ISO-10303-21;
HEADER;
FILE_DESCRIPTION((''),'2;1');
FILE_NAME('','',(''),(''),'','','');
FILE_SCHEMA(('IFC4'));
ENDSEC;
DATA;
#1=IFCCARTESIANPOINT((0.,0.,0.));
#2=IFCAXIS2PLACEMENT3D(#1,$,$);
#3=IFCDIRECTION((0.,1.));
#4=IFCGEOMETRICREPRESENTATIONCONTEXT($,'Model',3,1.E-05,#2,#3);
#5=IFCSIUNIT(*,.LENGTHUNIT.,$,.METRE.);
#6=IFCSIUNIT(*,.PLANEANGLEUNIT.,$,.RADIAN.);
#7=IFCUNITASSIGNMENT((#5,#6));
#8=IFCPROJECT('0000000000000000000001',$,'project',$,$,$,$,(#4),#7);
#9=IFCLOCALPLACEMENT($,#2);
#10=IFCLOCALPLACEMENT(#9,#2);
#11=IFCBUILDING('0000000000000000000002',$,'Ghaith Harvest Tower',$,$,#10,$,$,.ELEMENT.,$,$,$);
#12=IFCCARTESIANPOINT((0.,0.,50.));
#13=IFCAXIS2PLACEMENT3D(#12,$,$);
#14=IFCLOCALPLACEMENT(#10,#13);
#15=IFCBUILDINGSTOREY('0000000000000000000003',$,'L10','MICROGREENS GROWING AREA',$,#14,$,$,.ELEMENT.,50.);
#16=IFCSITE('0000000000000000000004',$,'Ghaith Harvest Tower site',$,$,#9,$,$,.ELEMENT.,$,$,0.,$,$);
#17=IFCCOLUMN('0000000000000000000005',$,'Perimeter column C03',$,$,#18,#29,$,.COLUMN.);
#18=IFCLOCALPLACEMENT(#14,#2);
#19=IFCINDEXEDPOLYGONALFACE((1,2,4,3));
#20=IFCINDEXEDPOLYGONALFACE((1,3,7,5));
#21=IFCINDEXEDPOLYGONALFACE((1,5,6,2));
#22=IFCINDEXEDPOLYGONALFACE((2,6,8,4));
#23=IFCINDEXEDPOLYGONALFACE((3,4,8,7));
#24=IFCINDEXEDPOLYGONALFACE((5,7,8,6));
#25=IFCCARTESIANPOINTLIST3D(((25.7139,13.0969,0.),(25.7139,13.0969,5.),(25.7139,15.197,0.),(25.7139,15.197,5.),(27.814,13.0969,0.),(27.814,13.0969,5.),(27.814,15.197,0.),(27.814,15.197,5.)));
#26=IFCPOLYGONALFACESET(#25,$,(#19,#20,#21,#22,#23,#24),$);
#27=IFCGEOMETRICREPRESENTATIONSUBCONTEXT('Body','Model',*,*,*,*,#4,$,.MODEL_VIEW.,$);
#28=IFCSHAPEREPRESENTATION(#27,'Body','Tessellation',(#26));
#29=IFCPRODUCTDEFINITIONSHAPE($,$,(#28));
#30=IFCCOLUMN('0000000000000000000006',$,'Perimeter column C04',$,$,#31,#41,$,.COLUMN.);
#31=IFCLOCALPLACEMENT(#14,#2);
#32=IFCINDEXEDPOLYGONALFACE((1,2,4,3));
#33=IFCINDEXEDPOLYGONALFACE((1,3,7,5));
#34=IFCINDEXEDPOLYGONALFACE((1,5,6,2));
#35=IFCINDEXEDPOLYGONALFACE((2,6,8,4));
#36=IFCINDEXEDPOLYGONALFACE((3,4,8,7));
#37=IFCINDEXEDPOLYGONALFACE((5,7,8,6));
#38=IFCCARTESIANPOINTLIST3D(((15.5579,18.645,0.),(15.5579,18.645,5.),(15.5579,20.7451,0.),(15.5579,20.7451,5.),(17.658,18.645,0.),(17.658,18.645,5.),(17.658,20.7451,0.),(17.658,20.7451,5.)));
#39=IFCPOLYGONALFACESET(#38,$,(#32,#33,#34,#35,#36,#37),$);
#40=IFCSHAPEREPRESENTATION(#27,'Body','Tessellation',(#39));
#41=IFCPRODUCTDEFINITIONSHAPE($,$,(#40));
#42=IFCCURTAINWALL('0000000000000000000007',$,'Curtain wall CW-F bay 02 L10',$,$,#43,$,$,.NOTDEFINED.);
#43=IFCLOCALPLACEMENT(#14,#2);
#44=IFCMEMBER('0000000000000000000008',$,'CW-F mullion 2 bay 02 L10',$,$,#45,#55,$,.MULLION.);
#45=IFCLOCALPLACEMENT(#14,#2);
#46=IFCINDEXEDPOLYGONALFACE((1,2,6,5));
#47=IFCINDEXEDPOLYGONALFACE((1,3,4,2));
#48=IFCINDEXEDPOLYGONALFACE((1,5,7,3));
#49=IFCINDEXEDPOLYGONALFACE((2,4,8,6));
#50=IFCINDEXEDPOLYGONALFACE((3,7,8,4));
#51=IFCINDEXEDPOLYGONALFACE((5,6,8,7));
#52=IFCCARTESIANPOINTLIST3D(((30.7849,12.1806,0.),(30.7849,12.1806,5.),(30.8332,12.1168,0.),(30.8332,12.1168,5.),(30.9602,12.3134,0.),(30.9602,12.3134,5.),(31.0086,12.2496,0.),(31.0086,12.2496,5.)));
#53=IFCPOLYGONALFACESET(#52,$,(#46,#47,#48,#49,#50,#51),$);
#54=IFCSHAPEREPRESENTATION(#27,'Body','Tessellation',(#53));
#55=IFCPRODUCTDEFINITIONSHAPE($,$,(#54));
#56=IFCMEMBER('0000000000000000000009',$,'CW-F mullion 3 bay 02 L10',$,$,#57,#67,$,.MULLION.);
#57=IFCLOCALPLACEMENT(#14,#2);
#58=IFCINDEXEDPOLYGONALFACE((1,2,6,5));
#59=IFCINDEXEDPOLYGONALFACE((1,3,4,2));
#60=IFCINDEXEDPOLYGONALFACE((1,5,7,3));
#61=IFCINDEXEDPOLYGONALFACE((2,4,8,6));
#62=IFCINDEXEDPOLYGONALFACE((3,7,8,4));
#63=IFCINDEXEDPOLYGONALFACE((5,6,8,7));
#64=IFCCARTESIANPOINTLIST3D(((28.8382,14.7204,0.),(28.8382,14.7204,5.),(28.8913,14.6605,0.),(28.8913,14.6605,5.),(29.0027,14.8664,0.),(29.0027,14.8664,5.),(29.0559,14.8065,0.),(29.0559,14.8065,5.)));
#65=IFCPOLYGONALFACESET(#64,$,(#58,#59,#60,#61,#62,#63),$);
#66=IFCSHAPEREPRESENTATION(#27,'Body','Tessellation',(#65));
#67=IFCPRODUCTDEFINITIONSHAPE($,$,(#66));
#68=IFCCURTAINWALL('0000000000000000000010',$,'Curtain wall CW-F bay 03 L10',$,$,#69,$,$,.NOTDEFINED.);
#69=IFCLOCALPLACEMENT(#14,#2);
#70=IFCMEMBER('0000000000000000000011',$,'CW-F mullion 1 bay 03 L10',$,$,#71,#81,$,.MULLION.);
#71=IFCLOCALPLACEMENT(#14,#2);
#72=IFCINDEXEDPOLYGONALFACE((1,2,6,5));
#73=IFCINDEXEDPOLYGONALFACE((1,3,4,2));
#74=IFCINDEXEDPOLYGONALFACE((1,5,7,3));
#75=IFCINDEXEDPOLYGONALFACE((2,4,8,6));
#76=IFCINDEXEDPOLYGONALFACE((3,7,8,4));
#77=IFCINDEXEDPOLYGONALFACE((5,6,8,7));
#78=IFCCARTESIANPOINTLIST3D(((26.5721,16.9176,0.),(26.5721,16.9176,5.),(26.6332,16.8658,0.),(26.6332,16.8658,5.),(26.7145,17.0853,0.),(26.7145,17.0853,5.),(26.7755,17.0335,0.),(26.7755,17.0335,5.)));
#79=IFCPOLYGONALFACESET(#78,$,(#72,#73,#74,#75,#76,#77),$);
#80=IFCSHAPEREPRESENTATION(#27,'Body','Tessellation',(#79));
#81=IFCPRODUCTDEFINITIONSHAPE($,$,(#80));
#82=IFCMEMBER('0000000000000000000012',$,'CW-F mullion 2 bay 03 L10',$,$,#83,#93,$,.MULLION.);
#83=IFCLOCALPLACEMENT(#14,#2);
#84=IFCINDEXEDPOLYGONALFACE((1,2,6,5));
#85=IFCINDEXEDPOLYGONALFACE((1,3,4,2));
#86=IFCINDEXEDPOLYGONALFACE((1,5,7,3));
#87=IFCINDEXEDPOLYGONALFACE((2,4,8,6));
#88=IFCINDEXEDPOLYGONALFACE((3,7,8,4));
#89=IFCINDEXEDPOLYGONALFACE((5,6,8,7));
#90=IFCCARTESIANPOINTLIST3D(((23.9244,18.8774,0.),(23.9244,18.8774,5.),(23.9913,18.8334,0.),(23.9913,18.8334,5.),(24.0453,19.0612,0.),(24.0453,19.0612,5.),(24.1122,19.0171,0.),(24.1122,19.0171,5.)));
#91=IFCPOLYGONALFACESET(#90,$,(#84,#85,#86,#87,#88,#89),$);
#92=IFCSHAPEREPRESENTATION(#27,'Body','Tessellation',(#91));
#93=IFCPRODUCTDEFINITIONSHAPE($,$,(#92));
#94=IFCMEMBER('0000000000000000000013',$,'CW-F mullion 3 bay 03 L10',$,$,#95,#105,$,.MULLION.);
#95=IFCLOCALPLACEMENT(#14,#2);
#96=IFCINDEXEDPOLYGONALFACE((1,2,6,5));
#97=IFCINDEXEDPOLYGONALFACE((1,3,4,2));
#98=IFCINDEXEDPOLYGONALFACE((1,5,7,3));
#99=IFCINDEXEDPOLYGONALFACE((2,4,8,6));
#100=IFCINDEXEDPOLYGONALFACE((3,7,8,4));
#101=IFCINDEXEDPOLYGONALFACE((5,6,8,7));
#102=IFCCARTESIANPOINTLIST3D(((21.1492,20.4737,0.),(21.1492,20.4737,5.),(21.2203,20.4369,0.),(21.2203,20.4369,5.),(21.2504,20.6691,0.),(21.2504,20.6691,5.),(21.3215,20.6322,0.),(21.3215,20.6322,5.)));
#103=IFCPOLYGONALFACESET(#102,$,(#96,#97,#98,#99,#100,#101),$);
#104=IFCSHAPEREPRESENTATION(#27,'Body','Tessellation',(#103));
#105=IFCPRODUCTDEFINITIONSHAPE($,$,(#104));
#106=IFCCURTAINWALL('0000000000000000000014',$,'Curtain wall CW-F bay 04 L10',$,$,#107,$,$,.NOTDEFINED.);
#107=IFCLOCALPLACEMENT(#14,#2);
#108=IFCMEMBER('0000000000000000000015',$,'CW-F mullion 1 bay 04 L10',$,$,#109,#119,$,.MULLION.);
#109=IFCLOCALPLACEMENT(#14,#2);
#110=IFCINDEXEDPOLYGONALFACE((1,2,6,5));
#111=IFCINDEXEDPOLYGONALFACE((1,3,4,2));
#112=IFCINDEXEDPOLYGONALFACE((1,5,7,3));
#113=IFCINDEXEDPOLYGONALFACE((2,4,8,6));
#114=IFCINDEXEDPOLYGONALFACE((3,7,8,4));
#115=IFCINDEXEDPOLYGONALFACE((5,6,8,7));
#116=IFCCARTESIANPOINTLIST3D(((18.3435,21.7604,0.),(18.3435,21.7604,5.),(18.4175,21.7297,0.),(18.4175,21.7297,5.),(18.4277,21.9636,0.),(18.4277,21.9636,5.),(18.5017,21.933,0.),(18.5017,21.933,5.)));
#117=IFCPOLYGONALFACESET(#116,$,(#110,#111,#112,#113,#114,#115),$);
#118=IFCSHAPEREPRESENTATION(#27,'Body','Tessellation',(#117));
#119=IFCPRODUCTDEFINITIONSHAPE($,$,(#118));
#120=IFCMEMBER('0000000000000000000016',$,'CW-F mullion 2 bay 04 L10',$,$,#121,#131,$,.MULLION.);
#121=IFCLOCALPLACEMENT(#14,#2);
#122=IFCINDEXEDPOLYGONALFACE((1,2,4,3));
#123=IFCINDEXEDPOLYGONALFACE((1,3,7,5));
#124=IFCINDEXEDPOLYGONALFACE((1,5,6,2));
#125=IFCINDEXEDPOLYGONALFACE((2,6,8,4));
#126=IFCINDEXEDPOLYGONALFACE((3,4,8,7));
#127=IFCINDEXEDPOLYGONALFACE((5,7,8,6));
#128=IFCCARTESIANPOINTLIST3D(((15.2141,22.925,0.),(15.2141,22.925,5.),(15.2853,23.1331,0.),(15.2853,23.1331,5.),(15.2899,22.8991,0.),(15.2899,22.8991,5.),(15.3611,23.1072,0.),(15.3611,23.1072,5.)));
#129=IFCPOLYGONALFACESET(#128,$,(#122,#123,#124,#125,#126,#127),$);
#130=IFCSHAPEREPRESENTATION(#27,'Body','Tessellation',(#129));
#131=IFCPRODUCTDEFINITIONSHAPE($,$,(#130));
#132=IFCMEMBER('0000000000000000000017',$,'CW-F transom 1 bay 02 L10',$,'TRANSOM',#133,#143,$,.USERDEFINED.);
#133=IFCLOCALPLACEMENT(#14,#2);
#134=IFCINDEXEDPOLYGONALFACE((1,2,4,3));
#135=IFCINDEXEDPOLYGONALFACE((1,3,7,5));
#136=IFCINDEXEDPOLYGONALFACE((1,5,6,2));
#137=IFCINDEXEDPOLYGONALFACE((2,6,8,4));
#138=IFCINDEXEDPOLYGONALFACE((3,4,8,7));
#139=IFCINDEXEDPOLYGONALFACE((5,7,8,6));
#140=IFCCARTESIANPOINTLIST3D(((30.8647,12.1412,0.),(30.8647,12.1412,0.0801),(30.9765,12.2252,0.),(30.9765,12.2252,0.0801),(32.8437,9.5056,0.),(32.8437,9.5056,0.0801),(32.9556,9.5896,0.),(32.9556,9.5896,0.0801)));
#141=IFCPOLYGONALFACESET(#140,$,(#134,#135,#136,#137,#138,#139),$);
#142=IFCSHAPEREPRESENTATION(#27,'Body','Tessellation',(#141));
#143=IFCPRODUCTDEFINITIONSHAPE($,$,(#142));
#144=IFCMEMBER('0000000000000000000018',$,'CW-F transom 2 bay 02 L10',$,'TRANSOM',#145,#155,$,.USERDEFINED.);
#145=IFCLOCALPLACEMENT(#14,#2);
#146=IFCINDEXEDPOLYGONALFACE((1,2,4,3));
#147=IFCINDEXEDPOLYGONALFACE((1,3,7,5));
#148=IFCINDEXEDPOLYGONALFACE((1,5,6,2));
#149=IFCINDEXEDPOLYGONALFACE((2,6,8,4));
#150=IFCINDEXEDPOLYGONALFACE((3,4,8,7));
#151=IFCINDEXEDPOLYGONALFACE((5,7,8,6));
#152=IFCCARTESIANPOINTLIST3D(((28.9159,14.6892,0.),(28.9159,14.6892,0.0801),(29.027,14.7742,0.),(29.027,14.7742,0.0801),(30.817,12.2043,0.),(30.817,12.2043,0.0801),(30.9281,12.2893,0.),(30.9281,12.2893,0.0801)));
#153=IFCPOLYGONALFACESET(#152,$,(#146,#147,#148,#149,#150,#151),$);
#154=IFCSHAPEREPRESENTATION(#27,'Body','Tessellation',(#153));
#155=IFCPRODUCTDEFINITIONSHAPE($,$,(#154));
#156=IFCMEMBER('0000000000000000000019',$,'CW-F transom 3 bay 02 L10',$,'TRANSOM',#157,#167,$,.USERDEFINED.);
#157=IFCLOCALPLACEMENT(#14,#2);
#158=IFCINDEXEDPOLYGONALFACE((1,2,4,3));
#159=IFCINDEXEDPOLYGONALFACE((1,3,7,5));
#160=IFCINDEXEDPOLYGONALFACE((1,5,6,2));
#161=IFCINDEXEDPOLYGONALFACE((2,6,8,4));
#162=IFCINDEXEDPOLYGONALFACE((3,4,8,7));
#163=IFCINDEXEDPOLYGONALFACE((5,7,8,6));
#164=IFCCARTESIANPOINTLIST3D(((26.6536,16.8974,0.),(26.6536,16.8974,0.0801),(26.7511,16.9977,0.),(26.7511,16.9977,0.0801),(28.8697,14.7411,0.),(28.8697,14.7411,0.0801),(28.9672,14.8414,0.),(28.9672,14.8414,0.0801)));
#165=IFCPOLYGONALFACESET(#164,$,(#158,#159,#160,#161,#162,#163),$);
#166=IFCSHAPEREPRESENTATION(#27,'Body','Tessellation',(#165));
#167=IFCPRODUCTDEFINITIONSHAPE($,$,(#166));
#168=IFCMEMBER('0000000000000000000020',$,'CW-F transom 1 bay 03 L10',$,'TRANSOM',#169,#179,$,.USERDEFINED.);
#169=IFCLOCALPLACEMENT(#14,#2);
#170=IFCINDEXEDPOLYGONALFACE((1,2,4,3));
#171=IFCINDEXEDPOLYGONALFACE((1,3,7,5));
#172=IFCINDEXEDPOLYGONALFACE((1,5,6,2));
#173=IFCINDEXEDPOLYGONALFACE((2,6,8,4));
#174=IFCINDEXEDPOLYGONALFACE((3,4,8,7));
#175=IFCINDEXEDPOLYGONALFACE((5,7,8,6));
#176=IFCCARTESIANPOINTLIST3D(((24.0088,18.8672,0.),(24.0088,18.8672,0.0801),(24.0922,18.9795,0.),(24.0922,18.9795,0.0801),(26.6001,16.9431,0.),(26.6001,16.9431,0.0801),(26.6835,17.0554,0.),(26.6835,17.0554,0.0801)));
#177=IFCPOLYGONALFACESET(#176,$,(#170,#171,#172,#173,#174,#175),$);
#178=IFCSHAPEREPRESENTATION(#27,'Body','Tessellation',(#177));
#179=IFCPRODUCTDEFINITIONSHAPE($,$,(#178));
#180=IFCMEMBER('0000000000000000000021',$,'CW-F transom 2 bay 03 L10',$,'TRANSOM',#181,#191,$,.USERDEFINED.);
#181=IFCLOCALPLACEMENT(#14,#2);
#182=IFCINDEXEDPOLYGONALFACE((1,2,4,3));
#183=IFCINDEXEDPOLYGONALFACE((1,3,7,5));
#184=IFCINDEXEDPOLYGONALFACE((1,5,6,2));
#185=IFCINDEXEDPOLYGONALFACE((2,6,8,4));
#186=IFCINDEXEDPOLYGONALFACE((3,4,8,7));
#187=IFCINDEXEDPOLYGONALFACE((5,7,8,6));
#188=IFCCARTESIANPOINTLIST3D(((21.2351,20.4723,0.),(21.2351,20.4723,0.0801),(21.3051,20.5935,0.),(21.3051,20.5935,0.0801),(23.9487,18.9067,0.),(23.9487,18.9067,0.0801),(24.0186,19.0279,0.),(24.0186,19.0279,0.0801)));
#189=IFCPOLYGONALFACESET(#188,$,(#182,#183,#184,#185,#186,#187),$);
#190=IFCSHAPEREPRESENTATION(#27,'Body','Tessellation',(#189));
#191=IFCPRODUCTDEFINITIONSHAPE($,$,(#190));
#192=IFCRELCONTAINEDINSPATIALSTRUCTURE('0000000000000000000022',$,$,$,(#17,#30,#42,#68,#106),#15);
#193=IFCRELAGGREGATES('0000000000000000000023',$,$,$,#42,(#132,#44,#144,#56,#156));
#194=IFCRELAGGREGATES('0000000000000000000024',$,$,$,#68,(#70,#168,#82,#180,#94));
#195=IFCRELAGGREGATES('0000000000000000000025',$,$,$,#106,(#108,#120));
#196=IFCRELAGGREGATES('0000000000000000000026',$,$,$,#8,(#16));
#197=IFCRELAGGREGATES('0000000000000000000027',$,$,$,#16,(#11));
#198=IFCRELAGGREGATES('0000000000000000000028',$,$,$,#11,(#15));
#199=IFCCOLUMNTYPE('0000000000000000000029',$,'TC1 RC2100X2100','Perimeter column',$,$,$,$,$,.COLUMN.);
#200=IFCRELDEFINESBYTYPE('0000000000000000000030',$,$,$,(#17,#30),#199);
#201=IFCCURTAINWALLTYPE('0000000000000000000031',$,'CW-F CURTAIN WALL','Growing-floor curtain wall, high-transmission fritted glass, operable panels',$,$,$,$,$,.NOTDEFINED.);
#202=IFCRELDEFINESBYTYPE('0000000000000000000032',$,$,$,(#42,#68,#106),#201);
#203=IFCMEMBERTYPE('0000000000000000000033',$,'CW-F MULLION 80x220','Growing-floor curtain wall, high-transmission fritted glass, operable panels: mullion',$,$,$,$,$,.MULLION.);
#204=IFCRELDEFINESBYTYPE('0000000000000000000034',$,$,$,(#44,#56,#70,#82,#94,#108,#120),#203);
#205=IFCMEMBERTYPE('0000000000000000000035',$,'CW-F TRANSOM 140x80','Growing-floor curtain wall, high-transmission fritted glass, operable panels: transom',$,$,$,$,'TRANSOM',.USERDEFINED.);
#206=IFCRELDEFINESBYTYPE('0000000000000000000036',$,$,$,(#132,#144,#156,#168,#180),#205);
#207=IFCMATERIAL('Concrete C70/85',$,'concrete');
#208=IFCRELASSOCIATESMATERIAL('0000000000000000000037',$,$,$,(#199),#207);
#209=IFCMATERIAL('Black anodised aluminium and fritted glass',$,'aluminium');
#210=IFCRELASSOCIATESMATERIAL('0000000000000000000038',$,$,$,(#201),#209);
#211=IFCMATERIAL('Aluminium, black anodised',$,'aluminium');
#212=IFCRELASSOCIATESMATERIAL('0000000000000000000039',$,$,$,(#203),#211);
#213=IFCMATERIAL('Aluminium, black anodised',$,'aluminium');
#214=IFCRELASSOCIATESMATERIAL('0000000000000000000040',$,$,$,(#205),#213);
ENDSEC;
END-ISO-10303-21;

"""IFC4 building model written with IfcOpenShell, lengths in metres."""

from ifc_helpers import new_model, si_unit, direction, frame, origin, origin_2d, place, context, subcontext, project, spatial, rectangle, extrude, material, material_profile, profile_set, type_object, element, aggregate, save


model = new_model("IFC4")

# Units and contexts
model_context = context("Model", 3, precision=1e-05, world=origin(), true_north=direction((0.0, 1.0)))
body_context = subcontext(model_context, "Body", "Model", "MODEL_VIEW")
ifc_project = project(units=[si_unit("LENGTHUNIT", "METRE"), si_unit("PLANEANGLEUNIT", "RADIAN")], contexts=[model_context])

# Site, building, storey
site_placement = place(None, origin())
site = spatial("IfcSite", under=ifc_project, at=site_placement, Name="Ghaith Harvest Tower site", CompositionType="ELEMENT", RefElevation=0.0)
building_placement = place(site_placement, origin())
building = spatial("IfcBuilding", under=site, at=building_placement, Name="Ghaith Harvest Tower", CompositionType="ELEMENT")
storey_placement = place(building_placement, frame((0.0, 0.0, 50.0)))
storey = spatial("IfcBuildingStorey", under=building, at=storey_placement, Name="L10", Description="MICROGREENS GROWING AREA", CompositionType="ELEMENT", Elevation=50.0)

# Columns
ifc_material_1 = material(Name="Concrete C70/85", Category="concrete")
ifc_material_profile_1 = material_profile(ifc_material_1, rectangle(XDim=2.1001, YDim=2.1001, at=origin_2d()), Name="RC2100X2100")
ifc_profile_set_1 = profile_set([ifc_material_profile_1], Name="Concrete C70/85")
column_type = type_object("IfcColumnType", Name="TC1 RC2100X2100", Description="Perimeter column", PredefinedType="COLUMN", material=ifc_profile_set_1)
for number, where, z_axis, x_axis, name in (
    (1, (26.7639, 14.147, 0.0), (0.0, 0.0, 1.0), (1.0, 0.0, 0.0), "Perimeter column C03"),
    (2, (16.6079, 19.6951, 0.0), (0.0, 0.0, 1.0), (1.0, 0.0, 0.0), "Perimeter column C04"),
):
    element("IfcColumn", number, at=place(storey_placement, frame(where, z_axis=z_axis, x_axis=x_axis)), inside=storey, type_object=column_type, Name=name, PredefinedType="COLUMN", context=body_context, shape_type="SweptSolid", body=[
        extrude(rectangle(XDim=2.1001, YDim=2.1001, at=origin_2d()), origin(), (0.0, 0.0, 1.0), 5.0),
    ])

# Curtain walls, members
ifc_material_2 = material(Name="Black anodised aluminium and fritted glass", Category="aluminium")
curtain_wall_type = type_object("IfcCurtainWallType", Name="CW-F CURTAIN WALL", Description="Growing-floor curtain wall, high-transmission fritted glass, operable panels", PredefinedType="NOTDEFINED", material=ifc_material_2)
curtain_wall_1_placement = place(storey_placement, origin())
curtain_wall_1 = element("IfcCurtainWall", 3, at=curtain_wall_1_placement, inside=storey, type_object=curtain_wall_type, Name="Curtain wall CW-F bay 02 L10", PredefinedType="NOTDEFINED")
ifc_material_3 = material(Name="Aluminium, black anodised", Category="aluminium")
ifc_material_profile_2 = material_profile(ifc_material_3, rectangle(XDim=0.0801, YDim=0.22, at=origin_2d()), Name="CW-F MULLION 80x220")
ifc_profile_set_2 = profile_set([ifc_material_profile_2], Name="Aluminium, black anodised")
member_type_1 = type_object("IfcMemberType", Name="CW-F MULLION 80x220", Description="Growing-floor curtain wall, high-transmission fritted glass, operable panels: mullion", PredefinedType="MULLION", material=ifc_profile_set_2)
member_1_placement = place(storey_placement, frame((30.8967, 12.2151, 0.0), z_axis=(0.0, 0.0, 1.0), x_axis=(-0.603948, 0.797023, 0.0)))
member_1 = element("IfcMember", 4, at=member_1_placement, type_object=member_type_1, Name="CW-F mullion 2 bay 02 L10", PredefinedType="MULLION", context=body_context, shape_type="SweptSolid", body=[
    extrude(rectangle(XDim=0.0801, YDim=0.22, at=origin_2d()), origin(), (0.0, 0.0, 1.0), 5.0),
])
member_2_placement = place(storey_placement, frame((28.947, 14.7634, 0.0), z_axis=(0.0, 0.0, 1.0), x_axis=(-0.663605, 0.748083, 0.0)))
member_2 = element("IfcMember", 5, at=member_2_placement, type_object=member_type_1, Name="CW-F mullion 3 bay 02 L10", PredefinedType="MULLION", context=body_context, shape_type="SweptSolid", body=[
    extrude(rectangle(XDim=0.0801, YDim=0.22, at=origin_2d()), origin(), (0.0, 0.0, 1.0), 5.0),
])
curtain_wall_2_placement = place(storey_placement, origin())
curtain_wall_2 = element("IfcCurtainWall", 6, at=curtain_wall_2_placement, inside=storey, type_object=curtain_wall_type, Name="Curtain wall CW-F bay 03 L10", PredefinedType="NOTDEFINED")
member_3_placement = place(storey_placement, frame((26.6738, 16.9756, 0.0), z_axis=(0.0, 0.0, 1.0), x_axis=(-0.762366, 0.647146, 0.0)))
member_3 = element("IfcMember", 7, at=member_3_placement, type_object=member_type_1, Name="CW-F mullion 1 bay 03 L10", PredefinedType="MULLION", context=body_context, shape_type="SweptSolid", body=[
    extrude(rectangle(XDim=0.0801, YDim=0.22, at=origin_2d()), origin(), (0.0, 0.0, 1.0), 5.0),
])
member_4_placement = place(storey_placement, frame((24.0183, 18.9473, 0.0), z_axis=(0.0, 0.0, 1.0), x_axis=(-0.835444, 0.549576, 0.0)))
member_4 = element("IfcMember", 8, at=member_4_placement, type_object=member_type_1, Name="CW-F mullion 2 bay 03 L10", PredefinedType="MULLION", context=body_context, shape_type="SweptSolid", body=[
    extrude(rectangle(XDim=0.0801, YDim=0.22, at=origin_2d()), origin(), (0.0, 0.0, 1.0), 5.0),
])
member_5_placement = place(storey_placement, frame((21.2354, 20.553, 0.0), z_axis=(0.0, 0.0, 1.0), x_axis=(-0.887897, 0.460043, 0.0)))
member_5 = element("IfcMember", 9, at=member_5_placement, type_object=member_type_1, Name="CW-F mullion 3 bay 03 L10", PredefinedType="MULLION", context=body_context, shape_type="SweptSolid", body=[
    extrude(rectangle(XDim=0.0801, YDim=0.22, at=origin_2d()), origin(), (0.0, 0.0, 1.0), 5.0),
])
curtain_wall_3_placement = place(storey_placement, origin())
curtain_wall_3 = element("IfcCurtainWall", 10, at=curtain_wall_3_placement, inside=storey, type_object=curtain_wall_type, Name="Curtain wall CW-F bay 04 L10", PredefinedType="NOTDEFINED")
member_6_placement = place(storey_placement, frame((18.4226, 21.8467, 0.0), z_axis=(0.0, 0.0, 1.0), x_axis=(-0.92391, 0.382609, 0.0)))
member_6 = element("IfcMember", 11, at=member_6_placement, type_object=member_type_1, Name="CW-F mullion 1 bay 04 L10", PredefinedType="MULLION", context=body_context, shape_type="SweptSolid", body=[
    extrude(rectangle(XDim=0.0801, YDim=0.22, at=origin_2d()), origin(), (0.0, 0.0, 1.0), 5.0),
])
member_7_placement = place(storey_placement, frame((15.2876, 23.0161, 0.0), z_axis=(0.0, 0.0, 1.0), x_axis=(-0.946121, 0.323813, 0.0)))
member_7 = element("IfcMember", 12, at=member_7_placement, type_object=member_type_1, Name="CW-F mullion 2 bay 04 L10", PredefinedType="MULLION", context=body_context, shape_type="SweptSolid", body=[
    extrude(rectangle(XDim=0.0801, YDim=0.22, at=origin_2d()), origin(), (0.0, 0.0, 1.0), 5.0),
])

# Members
ifc_material_4 = material(Name="Aluminium, black anodised", Category="aluminium")
ifc_material_profile_3 = material_profile(ifc_material_4, rectangle(XDim=0.1399, YDim=0.0801, at=origin_2d()), Name="CW-F TRANSOM 140x80")
ifc_profile_set_3 = profile_set([ifc_material_profile_3], Name="Aluminium, black anodised")
member_type_2 = type_object("IfcMemberType", Name="CW-F TRANSOM 140x80", Description="Growing-floor curtain wall, high-transmission fritted glass, operable panels: transom", ElementType="TRANSOM", PredefinedType="USERDEFINED", material=ifc_profile_set_3)
member_8_placement = place(storey_placement, frame((32.8997, 9.5476, 0.04), z_axis=(-0.600462, 0.799653, 0.0), x_axis=(-0.799653, -0.600462, 0.0)))
member_8 = element("IfcMember", 13, at=member_8_placement, type_object=member_type_2, Name="CW-F transom 1 bay 02 L10", ObjectType="TRANSOM", PredefinedType="USERDEFINED", context=body_context, shape_type="SweptSolid", body=[
    extrude(rectangle(XDim=0.1399, YDim=0.0801, at=origin_2d()), origin(), (0.0, 0.0, 1.0), 3.2959),
])
member_9_placement = place(storey_placement, frame((30.8726, 12.2468, 0.04), z_axis=(-0.607638, 0.794214, 0.0), x_axis=(-0.794214, -0.607638, 0.0)))
member_9 = element("IfcMember", 14, at=member_9_placement, type_object=member_type_2, Name="CW-F transom 2 bay 02 L10", ObjectType="TRANSOM", PredefinedType="USERDEFINED", context=body_context, shape_type="SweptSolid", body=[
    extrude(rectangle(XDim=0.1399, YDim=0.0801, at=origin_2d()), origin(), (0.0, 0.0, 1.0), 3.1287),
])
member_10_placement = place(storey_placement, frame((28.9185, 14.7913, 0.04), z_axis=(-0.716713, 0.697368, 0.0), x_axis=(-0.697368, -0.716713, 0.0)))
member_10 = element("IfcMember", 15, at=member_10_placement, type_object=member_type_2, Name="CW-F transom 3 bay 02 L10", ObjectType="TRANSOM", PredefinedType="USERDEFINED", context=body_context, shape_type="SweptSolid", body=[
    extrude(rectangle(XDim=0.1399, YDim=0.0801, at=origin_2d()), origin(), (0.0, 0.0, 1.0), 3.092),
])
member_11_placement = place(storey_placement, frame((26.6418, 16.9993, 0.04), z_axis=(-0.802877, 0.596144, 0.0), x_axis=(-0.596144, -0.802877, 0.0)))
member_11 = element("IfcMember", 16, at=member_11_placement, type_object=member_type_2, Name="CW-F transom 1 bay 03 L10", ObjectType="TRANSOM", PredefinedType="USERDEFINED", context=body_context, shape_type="SweptSolid", body=[
    extrude(rectangle(XDim=0.1399, YDim=0.0801, at=origin_2d()), origin(), (0.0, 0.0, 1.0), 3.2275),
])
member_12_placement = place(storey_placement, frame((23.9836, 18.9673, 0.04), z_axis=(-0.866169, 0.499752, 0.0), x_axis=(-0.499752, -0.866169, 0.0)))
member_12 = element("IfcMember", 17, at=member_12_placement, type_object=member_type_2, Name="CW-F transom 2 bay 03 L10", ObjectType="TRANSOM", PredefinedType="USERDEFINED", context=body_context, shape_type="SweptSolid", body=[
    extrude(rectangle(XDim=0.1399, YDim=0.0801, at=origin_2d()), origin(), (0.0, 0.0, 1.0), 3.1328),
])

aggregate(curtain_wall_1, [member_8, member_1, member_9, member_2, member_10])
aggregate(curtain_wall_2, [member_3, member_11, member_4, member_12, member_5])
aggregate(curtain_wall_3, [member_6, member_7])

save(model, "model.ifc")
